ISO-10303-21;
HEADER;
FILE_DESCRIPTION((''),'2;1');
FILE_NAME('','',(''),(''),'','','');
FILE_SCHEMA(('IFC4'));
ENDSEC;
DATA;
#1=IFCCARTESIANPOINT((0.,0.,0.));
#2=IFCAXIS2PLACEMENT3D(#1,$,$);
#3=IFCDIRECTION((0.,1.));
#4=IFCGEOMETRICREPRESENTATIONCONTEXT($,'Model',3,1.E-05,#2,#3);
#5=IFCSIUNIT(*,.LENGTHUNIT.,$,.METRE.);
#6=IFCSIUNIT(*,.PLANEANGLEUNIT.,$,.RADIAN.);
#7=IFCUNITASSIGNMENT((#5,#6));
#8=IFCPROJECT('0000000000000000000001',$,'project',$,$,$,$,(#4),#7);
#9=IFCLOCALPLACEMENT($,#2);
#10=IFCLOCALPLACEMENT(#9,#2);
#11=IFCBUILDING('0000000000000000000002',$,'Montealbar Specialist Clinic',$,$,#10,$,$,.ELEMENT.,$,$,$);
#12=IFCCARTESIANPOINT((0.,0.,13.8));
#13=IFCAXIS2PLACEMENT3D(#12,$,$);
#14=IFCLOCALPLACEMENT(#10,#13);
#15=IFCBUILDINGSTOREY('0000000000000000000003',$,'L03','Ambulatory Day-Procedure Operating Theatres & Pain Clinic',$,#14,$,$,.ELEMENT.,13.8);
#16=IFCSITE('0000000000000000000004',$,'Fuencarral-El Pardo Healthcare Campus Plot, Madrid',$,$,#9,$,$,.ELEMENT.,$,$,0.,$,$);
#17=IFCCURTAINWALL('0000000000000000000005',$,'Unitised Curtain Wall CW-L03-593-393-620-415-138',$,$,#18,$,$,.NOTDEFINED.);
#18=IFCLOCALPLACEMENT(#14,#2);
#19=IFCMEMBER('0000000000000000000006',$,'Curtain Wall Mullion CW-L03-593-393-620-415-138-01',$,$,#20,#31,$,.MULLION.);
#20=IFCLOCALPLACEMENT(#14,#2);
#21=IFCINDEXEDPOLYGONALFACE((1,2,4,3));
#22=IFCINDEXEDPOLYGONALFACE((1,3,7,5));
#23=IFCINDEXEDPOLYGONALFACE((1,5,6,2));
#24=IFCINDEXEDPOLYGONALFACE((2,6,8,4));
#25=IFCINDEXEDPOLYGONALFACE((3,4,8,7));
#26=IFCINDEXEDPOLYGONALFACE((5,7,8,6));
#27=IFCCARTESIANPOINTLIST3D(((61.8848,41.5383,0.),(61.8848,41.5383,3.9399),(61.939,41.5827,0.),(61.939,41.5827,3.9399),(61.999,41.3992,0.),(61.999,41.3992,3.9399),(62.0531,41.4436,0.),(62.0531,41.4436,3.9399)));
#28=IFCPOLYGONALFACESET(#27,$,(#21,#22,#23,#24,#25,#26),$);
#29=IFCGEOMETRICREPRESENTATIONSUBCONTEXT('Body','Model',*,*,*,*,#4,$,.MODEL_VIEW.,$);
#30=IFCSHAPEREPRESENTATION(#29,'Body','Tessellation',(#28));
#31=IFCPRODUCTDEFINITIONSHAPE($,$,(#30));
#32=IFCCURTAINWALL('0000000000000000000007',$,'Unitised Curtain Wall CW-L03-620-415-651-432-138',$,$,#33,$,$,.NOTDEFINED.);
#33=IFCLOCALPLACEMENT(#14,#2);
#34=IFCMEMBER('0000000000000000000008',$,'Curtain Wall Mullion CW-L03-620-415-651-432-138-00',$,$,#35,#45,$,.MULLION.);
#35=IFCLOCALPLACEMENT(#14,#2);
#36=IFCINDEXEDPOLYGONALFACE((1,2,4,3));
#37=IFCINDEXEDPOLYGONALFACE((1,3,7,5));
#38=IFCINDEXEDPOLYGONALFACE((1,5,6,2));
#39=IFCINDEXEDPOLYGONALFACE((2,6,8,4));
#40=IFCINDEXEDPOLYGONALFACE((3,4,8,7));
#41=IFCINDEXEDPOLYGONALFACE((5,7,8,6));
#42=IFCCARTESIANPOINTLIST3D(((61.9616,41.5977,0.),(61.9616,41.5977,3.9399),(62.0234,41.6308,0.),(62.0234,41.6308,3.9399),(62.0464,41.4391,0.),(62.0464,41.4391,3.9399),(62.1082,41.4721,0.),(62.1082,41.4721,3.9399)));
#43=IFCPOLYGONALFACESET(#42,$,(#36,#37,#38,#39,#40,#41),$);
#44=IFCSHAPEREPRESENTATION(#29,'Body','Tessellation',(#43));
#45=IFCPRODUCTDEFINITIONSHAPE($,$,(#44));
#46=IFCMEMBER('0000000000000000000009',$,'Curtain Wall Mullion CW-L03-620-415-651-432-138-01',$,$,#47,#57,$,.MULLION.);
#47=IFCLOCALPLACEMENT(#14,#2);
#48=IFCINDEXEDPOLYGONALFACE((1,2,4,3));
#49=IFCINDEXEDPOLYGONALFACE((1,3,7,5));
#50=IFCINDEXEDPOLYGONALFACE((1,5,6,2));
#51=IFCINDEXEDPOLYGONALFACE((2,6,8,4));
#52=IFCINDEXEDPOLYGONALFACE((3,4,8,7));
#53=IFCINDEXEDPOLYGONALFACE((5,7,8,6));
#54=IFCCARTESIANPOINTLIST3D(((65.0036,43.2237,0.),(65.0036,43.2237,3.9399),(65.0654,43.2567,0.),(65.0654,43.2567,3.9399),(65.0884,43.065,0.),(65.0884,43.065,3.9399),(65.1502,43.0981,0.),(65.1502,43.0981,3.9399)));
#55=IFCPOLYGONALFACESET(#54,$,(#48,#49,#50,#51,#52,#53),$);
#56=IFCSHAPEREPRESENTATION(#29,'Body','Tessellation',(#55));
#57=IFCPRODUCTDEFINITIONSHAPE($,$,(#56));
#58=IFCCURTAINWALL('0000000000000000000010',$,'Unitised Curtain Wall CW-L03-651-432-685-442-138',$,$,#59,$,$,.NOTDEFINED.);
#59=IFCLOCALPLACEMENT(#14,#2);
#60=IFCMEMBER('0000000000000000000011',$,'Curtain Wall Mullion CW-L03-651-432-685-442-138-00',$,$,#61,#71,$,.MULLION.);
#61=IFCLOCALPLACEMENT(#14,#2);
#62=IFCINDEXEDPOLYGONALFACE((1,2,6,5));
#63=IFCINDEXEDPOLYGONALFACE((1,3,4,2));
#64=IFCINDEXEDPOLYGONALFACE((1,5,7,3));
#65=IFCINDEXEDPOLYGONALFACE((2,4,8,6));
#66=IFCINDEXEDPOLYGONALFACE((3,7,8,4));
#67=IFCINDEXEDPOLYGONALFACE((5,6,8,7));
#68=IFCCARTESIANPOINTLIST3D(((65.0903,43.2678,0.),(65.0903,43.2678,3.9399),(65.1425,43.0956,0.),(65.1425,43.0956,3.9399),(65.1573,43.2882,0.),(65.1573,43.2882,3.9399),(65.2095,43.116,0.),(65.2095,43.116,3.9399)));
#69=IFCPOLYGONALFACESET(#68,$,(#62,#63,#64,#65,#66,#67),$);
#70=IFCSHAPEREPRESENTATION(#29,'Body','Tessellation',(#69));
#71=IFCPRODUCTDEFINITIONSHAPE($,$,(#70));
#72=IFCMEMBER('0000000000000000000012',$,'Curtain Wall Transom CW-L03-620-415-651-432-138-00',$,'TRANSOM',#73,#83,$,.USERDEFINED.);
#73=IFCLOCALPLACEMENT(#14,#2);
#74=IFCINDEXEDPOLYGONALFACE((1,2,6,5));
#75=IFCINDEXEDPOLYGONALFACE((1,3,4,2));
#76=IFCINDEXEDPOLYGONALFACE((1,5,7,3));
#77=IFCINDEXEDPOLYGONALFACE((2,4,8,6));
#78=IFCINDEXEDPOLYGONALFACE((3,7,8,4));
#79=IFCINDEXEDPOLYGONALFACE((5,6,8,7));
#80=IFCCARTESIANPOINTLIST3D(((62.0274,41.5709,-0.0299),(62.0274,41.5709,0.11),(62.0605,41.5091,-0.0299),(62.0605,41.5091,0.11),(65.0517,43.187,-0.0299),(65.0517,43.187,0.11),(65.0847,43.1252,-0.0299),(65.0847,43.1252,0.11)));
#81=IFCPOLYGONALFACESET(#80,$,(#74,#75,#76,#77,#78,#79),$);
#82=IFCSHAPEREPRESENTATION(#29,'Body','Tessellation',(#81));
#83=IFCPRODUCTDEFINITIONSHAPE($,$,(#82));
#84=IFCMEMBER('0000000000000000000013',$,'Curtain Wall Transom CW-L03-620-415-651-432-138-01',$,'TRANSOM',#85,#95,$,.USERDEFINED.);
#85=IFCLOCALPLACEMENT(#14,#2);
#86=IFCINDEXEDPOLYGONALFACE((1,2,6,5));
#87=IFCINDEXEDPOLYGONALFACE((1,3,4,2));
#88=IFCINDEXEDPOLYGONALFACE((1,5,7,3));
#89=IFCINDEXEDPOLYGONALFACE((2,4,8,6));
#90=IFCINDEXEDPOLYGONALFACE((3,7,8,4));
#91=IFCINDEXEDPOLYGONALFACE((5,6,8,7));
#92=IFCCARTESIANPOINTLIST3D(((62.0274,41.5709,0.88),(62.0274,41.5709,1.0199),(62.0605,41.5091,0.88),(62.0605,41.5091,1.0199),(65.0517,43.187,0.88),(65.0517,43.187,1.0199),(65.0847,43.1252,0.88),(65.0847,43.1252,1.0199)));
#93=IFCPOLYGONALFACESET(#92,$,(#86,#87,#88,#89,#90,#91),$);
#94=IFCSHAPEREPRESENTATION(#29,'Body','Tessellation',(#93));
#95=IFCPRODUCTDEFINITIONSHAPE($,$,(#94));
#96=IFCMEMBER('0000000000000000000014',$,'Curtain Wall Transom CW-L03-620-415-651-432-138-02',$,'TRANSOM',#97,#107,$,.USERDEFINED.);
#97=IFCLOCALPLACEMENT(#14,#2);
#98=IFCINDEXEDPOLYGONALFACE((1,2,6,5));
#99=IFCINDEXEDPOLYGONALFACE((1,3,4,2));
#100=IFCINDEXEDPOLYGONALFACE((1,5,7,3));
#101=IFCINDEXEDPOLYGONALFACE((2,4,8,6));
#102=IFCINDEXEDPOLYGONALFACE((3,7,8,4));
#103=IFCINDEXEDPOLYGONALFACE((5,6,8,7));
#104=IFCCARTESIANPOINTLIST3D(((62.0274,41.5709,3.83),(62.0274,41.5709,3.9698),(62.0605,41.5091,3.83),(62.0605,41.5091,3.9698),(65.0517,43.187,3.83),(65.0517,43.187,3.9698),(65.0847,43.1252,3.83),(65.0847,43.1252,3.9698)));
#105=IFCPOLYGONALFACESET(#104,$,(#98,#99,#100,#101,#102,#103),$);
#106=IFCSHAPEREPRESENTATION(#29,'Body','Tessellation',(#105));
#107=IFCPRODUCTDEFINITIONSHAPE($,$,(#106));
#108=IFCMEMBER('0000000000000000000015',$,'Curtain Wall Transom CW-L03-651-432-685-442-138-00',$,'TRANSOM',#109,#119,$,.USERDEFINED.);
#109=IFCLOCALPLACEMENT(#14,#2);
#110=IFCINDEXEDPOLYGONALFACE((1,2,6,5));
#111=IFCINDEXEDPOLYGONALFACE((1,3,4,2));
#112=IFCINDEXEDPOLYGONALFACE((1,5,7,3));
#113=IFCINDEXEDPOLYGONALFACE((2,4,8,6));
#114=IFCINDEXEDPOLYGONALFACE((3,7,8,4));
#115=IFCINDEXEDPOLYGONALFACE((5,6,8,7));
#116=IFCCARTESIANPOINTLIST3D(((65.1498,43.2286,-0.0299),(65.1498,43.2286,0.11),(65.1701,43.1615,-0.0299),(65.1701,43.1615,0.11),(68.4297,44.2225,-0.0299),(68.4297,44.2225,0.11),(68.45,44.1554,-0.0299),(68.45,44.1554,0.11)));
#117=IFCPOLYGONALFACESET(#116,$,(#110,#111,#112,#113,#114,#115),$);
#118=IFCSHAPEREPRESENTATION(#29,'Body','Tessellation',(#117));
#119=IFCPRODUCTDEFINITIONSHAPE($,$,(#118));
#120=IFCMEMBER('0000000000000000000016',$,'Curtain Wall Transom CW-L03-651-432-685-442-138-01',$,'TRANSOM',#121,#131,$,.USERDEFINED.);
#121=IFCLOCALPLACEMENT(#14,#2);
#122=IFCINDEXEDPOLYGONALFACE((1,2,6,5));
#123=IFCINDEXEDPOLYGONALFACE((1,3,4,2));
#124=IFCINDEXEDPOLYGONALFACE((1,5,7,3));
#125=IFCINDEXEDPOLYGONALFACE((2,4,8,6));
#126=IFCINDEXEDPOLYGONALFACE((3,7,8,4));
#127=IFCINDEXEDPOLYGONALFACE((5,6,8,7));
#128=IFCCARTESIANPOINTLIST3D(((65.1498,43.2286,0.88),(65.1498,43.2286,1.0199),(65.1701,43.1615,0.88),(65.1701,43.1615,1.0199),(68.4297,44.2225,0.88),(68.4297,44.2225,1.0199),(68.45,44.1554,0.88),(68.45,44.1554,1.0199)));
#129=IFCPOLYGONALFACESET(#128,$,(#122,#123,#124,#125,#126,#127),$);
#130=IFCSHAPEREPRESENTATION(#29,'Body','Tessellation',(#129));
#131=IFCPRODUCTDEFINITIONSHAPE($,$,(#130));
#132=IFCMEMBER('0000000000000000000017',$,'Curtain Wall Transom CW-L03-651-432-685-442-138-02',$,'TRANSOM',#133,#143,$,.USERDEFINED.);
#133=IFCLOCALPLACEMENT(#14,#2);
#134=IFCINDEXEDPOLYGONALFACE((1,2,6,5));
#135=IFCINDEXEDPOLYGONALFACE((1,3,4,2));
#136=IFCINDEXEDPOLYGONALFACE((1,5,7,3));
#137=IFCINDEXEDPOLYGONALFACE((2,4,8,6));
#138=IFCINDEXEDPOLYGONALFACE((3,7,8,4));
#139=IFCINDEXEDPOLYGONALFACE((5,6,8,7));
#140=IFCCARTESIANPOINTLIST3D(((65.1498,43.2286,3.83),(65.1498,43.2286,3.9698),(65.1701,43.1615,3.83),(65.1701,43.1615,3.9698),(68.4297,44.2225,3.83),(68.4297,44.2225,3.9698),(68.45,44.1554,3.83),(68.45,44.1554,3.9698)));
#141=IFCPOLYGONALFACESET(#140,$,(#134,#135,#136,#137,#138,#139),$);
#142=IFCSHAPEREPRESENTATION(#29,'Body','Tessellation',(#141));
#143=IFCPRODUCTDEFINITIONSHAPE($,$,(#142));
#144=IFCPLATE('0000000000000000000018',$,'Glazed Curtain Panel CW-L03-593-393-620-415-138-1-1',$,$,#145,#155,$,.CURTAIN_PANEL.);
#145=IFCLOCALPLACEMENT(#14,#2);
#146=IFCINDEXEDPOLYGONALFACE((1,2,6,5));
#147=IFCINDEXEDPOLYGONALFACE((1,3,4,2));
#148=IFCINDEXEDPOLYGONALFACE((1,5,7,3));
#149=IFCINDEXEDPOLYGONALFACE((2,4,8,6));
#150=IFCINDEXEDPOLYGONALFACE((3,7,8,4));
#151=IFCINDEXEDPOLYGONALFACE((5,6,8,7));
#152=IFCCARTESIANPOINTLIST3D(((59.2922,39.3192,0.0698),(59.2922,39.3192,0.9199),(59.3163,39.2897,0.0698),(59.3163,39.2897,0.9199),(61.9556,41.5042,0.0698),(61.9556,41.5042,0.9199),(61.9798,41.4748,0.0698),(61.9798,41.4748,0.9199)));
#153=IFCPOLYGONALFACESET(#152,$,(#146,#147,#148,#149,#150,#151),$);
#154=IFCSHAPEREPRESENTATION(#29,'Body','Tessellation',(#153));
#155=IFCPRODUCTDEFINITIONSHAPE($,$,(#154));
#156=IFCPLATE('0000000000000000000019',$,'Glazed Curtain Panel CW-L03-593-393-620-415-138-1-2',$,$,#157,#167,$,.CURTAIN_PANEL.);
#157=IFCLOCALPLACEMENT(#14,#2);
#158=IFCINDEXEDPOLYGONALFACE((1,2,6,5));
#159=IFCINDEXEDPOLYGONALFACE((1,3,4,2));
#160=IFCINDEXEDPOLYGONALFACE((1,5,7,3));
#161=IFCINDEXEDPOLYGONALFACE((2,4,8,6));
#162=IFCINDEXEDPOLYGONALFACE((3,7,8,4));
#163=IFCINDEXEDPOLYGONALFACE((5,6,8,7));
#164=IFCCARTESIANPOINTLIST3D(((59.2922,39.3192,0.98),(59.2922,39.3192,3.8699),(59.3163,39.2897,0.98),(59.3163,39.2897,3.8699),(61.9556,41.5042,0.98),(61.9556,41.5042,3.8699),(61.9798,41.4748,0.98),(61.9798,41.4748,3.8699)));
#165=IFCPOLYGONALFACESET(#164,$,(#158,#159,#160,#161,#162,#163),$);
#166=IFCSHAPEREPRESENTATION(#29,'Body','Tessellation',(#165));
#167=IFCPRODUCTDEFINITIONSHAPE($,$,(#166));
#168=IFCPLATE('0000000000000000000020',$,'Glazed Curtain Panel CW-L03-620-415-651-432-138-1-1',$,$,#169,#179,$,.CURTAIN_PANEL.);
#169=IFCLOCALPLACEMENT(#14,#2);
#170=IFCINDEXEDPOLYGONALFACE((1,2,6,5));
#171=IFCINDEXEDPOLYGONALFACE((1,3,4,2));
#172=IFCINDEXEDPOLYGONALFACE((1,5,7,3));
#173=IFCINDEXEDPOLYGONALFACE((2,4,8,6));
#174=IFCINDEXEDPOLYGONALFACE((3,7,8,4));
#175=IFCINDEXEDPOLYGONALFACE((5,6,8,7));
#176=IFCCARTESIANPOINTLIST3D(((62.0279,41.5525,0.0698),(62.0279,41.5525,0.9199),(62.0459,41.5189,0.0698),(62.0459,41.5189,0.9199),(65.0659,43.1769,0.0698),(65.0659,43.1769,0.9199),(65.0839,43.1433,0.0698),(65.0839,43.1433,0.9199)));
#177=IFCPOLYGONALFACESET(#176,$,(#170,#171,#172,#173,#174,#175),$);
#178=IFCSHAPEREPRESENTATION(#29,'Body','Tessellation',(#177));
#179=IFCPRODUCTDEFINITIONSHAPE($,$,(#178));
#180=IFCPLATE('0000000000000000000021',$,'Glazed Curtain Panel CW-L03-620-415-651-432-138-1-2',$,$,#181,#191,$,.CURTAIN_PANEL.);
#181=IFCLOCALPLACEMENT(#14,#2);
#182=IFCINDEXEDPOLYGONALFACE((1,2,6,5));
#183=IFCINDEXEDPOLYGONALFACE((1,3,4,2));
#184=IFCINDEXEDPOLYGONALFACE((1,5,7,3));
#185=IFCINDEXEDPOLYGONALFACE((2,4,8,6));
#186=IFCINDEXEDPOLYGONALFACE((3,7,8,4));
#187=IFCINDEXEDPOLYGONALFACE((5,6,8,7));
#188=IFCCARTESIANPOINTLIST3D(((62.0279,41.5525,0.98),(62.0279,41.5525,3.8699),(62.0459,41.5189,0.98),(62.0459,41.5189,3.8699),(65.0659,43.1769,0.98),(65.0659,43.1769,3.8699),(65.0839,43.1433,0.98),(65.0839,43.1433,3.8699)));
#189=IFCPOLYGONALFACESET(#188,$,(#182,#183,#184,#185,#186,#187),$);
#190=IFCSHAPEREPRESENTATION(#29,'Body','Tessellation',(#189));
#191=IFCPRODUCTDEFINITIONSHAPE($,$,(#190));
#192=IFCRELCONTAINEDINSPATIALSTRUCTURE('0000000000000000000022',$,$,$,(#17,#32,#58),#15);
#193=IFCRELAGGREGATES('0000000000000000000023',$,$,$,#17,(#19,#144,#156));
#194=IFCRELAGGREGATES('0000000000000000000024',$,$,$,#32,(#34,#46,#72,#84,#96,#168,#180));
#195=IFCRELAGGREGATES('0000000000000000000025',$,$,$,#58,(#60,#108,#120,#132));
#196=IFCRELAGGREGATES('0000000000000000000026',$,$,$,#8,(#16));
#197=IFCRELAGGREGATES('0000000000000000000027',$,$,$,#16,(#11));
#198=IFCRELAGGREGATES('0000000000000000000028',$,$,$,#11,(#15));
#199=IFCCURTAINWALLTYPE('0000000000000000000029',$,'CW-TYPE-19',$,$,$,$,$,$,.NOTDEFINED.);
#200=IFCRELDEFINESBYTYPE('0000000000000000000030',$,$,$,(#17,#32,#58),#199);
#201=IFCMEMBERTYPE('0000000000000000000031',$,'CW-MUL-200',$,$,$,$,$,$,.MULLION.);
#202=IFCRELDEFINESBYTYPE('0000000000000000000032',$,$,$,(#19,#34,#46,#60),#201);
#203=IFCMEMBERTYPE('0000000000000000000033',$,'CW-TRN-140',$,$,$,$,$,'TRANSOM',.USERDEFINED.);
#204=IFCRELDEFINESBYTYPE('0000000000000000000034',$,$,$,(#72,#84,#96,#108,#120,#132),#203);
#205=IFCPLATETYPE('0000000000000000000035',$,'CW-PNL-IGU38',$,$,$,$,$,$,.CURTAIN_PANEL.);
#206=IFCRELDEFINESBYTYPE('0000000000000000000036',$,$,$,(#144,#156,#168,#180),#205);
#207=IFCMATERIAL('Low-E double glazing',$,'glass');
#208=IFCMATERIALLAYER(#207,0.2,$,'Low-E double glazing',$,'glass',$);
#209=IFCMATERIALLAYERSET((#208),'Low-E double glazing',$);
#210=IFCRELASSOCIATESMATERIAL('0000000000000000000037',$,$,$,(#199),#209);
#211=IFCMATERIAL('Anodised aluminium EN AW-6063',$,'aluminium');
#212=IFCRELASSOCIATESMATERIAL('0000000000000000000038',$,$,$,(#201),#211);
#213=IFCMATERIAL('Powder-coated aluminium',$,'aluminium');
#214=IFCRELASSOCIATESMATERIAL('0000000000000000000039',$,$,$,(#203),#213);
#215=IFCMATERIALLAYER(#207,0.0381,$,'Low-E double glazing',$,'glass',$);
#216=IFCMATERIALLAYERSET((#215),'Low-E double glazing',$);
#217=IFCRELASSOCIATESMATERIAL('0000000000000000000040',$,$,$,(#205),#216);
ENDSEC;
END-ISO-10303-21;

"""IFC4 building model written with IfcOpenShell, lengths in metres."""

from ifc_helpers import new_model, si_unit, direction, frame, origin, origin_2d, place, context, subcontext, project, spatial, rectangle, extrude, material, layer, layer_set, material_profile, profile_set, type_object, element, aggregate, save


model = new_model("IFC4")

# Units and contexts
model_context = context("Model", 3, precision=1e-05, world=origin(), true_north=direction((0.0, 1.0)))
body_context = subcontext(model_context, "Body", "Model", "MODEL_VIEW")
ifc_project = project(units=[si_unit("LENGTHUNIT", "METRE"), si_unit("PLANEANGLEUNIT", "RADIAN")], contexts=[model_context])

# Site, building, storey
site_placement = place(None, origin())
site = spatial("IfcSite", under=ifc_project, at=site_placement, Name="Fuencarral-El Pardo Healthcare Campus Plot, Madrid", CompositionType="ELEMENT", RefElevation=0.0)
building_placement = place(site_placement, origin())
building = spatial("IfcBuilding", under=site, at=building_placement, Name="Montealbar Specialist Clinic", CompositionType="ELEMENT")
storey_placement = place(building_placement, frame((0.0, 0.0, 13.8)))
storey = spatial("IfcBuildingStorey", under=building, at=storey_placement, Name="L03", Description="Ambulatory Day-Procedure Operating Theatres & Pain Clinic", CompositionType="ELEMENT", Elevation=13.8)

# Curtain wall, member
ifc_material_1 = material(Name="Low-E double glazing", Category="glass")
ifc_layer_1 = layer(ifc_material_1, 0.2, Name="Low-E double glazing", Category="glass")
ifc_layer_set_1 = layer_set([ifc_layer_1], Name="Low-E double glazing")
curtain_wall_type = type_object("IfcCurtainWallType", Name="CW-TYPE-19", PredefinedType="NOTDEFINED", material=ifc_layer_set_1)
curtain_wall_1_placement = place(storey_placement, origin())
curtain_wall_1 = element("IfcCurtainWall", 1, at=curtain_wall_1_placement, inside=storey, type_object=curtain_wall_type, Name="Unitised Curtain Wall CW-L03-593-393-620-415-138", PredefinedType="NOTDEFINED")
ifc_material_2 = material(Name="Anodised aluminium EN AW-6063", Category="aluminium")
ifc_material_profile_1 = material_profile(ifc_material_2, rectangle(XDim=0.0701, YDim=0.1799, at=origin_2d()), Name="ALU 70x180", Category="aluminium")
ifc_profile_set_1 = profile_set([ifc_material_profile_1], Name="Anodised aluminium EN AW-6063")
member_type_1 = type_object("IfcMemberType", Name="CW-MUL-200", PredefinedType="MULLION", material=ifc_profile_set_1)
member_1_placement = place(storey_placement, frame((61.969, 41.491, 0.0), z_axis=(0.0, 0.0, 1.0), x_axis=(0.773123, 0.634256, 0.0)))
member_1 = element("IfcMember", 2, at=member_1_placement, type_object=member_type_1, Name="Curtain Wall Mullion CW-L03-593-393-620-415-138-01", PredefinedType="MULLION", context=body_context, shape_type="SweptSolid", body=[
    extrude(rectangle(XDim=0.0701, YDim=0.1799, at=origin_2d()), origin(), (0.0, 0.0, 1.0), 3.9399),
])

# Curtain wall, members
curtain_wall_2_placement = place(storey_placement, origin())
curtain_wall_2 = element("IfcCurtainWall", 3, at=curtain_wall_2_placement, inside=storey, type_object=curtain_wall_type, Name="Unitised Curtain Wall CW-L03-620-415-651-432-138", PredefinedType="NOTDEFINED")
member_2_placement = place(storey_placement, frame((62.0349, 41.5349, 0.0), z_axis=(0.0, 0.0, 1.0), x_axis=(0.88185, 0.471529, 0.0)))
member_2 = element("IfcMember", 4, at=member_2_placement, type_object=member_type_1, Name="Curtain Wall Mullion CW-L03-620-415-651-432-138-00", PredefinedType="MULLION", context=body_context, shape_type="SweptSolid", body=[
    extrude(rectangle(XDim=0.0701, YDim=0.1799, at=origin_2d()), origin(), (0.0, 0.0, 1.0), 3.9399),
])
member_3_placement = place(storey_placement, frame((65.0769, 43.1609, 0.0), z_axis=(0.0, 0.0, 1.0), x_axis=(0.88185, 0.471529, 0.0)))
member_3 = element("IfcMember", 5, at=member_3_placement, type_object=member_type_1, Name="Curtain Wall Mullion CW-L03-620-415-651-432-138-01", PredefinedType="MULLION", context=body_context, shape_type="SweptSolid", body=[
    extrude(rectangle(XDim=0.0701, YDim=0.1799, at=origin_2d()), origin(), (0.0, 0.0, 1.0), 3.9399),
])

# Curtain wall, member
curtain_wall_3_placement = place(storey_placement, origin())
curtain_wall_3 = element("IfcCurtainWall", 6, at=curtain_wall_3_placement, inside=storey, type_object=curtain_wall_type, Name="Unitised Curtain Wall CW-L03-651-432-685-442-138", PredefinedType="NOTDEFINED")
member_4_placement = place(storey_placement, frame((65.1499, 43.1919, 0.0), z_axis=(0.0, 0.0, 1.0), x_axis=(0.956948, 0.290259, 0.0)))
member_4 = element("IfcMember", 7, at=member_4_placement, type_object=member_type_1, Name="Curtain Wall Mullion CW-L03-651-432-685-442-138-00", PredefinedType="MULLION", context=body_context, shape_type="SweptSolid", body=[
    extrude(rectangle(XDim=0.0701, YDim=0.1799, at=origin_2d()), origin(), (0.0, 0.0, 1.0), 3.9399),
])

# Members
ifc_material_3 = material(Name="Powder-coated aluminium", Category="aluminium")
ifc_material_profile_2 = material_profile(ifc_material_3, rectangle(XDim=0.0701, YDim=0.1399, at=origin_2d()), Name="ALU 70x140", Category="aluminium")
ifc_profile_set_2 = profile_set([ifc_material_profile_2], Name="Powder-coated aluminium")
member_type_2 = type_object("IfcMemberType", Name="CW-TRN-140", ElementType="TRANSOM", PredefinedType="USERDEFINED", material=ifc_profile_set_2)
member_5_placement = place(storey_placement, frame((62.0439, 41.54, 0.04), z_axis=(0.88198, 0.471287, 0.0), x_axis=(-0.471287, 0.88198, 0.0)))
member_5 = element("IfcMember", 8, at=member_5_placement, type_object=member_type_2, Name="Curtain Wall Transom CW-L03-620-415-651-432-138-00", ObjectType="TRANSOM", PredefinedType="USERDEFINED", context=body_context, shape_type="SweptSolid", body=[
    extrude(rectangle(XDim=0.0701, YDim=0.1399, at=origin_2d()), origin(), (0.0, 0.0, 1.0), 3.429),
])
member_6_placement = place(storey_placement, frame((62.0439, 41.54, 0.95), z_axis=(0.88198, 0.471287, 0.0), x_axis=(-0.471287, 0.88198, 0.0)))
member_6 = element("IfcMember", 9, at=member_6_placement, type_object=member_type_2, Name="Curtain Wall Transom CW-L03-620-415-651-432-138-01", ObjectType="TRANSOM", PredefinedType="USERDEFINED", context=body_context, shape_type="SweptSolid", body=[
    extrude(rectangle(XDim=0.0701, YDim=0.1399, at=origin_2d()), origin(), (0.0, 0.0, 1.0), 3.429),
])
member_7_placement = place(storey_placement, frame((62.0439, 41.54, 3.8999), z_axis=(0.88198, 0.471287, 0.0), x_axis=(-0.471287, 0.88198, 0.0)))
member_7 = element("IfcMember", 10, at=member_7_placement, type_object=member_type_2, Name="Curtain Wall Transom CW-L03-620-415-651-432-138-02", ObjectType="TRANSOM", PredefinedType="USERDEFINED", context=body_context, shape_type="SweptSolid", body=[
    extrude(rectangle(XDim=0.0701, YDim=0.1399, at=origin_2d()), origin(), (0.0, 0.0, 1.0), 3.429),
])
member_8_placement = place(storey_placement, frame((65.1599, 43.1951, 0.04), z_axis=(0.957029, 0.289994, 0.0), x_axis=(-0.289994, 0.957029, 0.0)))
member_8 = element("IfcMember", 11, at=member_8_placement, type_object=member_type_2, Name="Curtain Wall Transom CW-L03-651-432-685-442-138-00", ObjectType="TRANSOM", PredefinedType="USERDEFINED", context=body_context, shape_type="SweptSolid", body=[
    extrude(rectangle(XDim=0.0701, YDim=0.1399, at=origin_2d()), origin(), (0.0, 0.0, 1.0), 3.4272),
])
member_9_placement = place(storey_placement, frame((65.1599, 43.1951, 0.95), z_axis=(0.957029, 0.289994, 0.0), x_axis=(-0.289994, 0.957029, 0.0)))
member_9 = element("IfcMember", 12, at=member_9_placement, type_object=member_type_2, Name="Curtain Wall Transom CW-L03-651-432-685-442-138-01", ObjectType="TRANSOM", PredefinedType="USERDEFINED", context=body_context, shape_type="SweptSolid", body=[
    extrude(rectangle(XDim=0.0701, YDim=0.1399, at=origin_2d()), origin(), (0.0, 0.0, 1.0), 3.4272),
])
member_10_placement = place(storey_placement, frame((65.1599, 43.1951, 3.8999), z_axis=(0.957029, 0.289994, 0.0), x_axis=(-0.289994, 0.957029, 0.0)))
member_10 = element("IfcMember", 13, at=member_10_placement, type_object=member_type_2, Name="Curtain Wall Transom CW-L03-651-432-685-442-138-02", ObjectType="TRANSOM", PredefinedType="USERDEFINED", context=body_context, shape_type="SweptSolid", body=[
    extrude(rectangle(XDim=0.0701, YDim=0.1399, at=origin_2d()), origin(), (0.0, 0.0, 1.0), 3.4272),
])

# Plates
ifc_layer_2 = layer(ifc_material_1, 0.0381, Name="Low-E double glazing", Category="glass")
ifc_layer_set_2 = layer_set([ifc_layer_2], Name="Low-E double glazing")
plate_type = type_object("IfcPlateType", Name="CW-PNL-IGU38", PredefinedType="CURTAIN_PANEL", material=ifc_layer_set_2)
plate_1_placement = place(storey_placement, frame((60.636, 40.397, 0.0698), z_axis=(0.0, 0.0, 1.0), x_axis=(0.773123, 0.634256, 0.0)))
plate_1 = element("IfcPlate", 14, at=plate_1_placement, type_object=plate_type, Name="Glazed Curtain Panel CW-L03-593-393-620-415-138-1-1", PredefinedType="CURTAIN_PANEL", context=body_context, shape_type="SweptSolid", body=[
    extrude(rectangle(XDim=3.4451, YDim=0.0381, at=origin_2d()), origin(), (0.0, 0.0, 1.0), 0.8501),
])
plate_2_placement = place(storey_placement, frame((60.636, 40.397, 0.98), z_axis=(0.0, 0.0, 1.0), x_axis=(0.773123, 0.634256, 0.0)))
plate_2 = element("IfcPlate", 15, at=plate_2_placement, type_object=plate_type, Name="Glazed Curtain Panel CW-L03-593-393-620-415-138-1-2", PredefinedType="CURTAIN_PANEL", context=body_context, shape_type="SweptSolid", body=[
    extrude(rectangle(XDim=3.4451, YDim=0.0381, at=origin_2d()), origin(), (0.0, 0.0, 1.0), 2.8899),
])
aggregate(curtain_wall_1, [member_1, plate_1, plate_2])
plate_3_placement = place(storey_placement, frame((63.5559, 42.3479, 0.0698), z_axis=(0.0, 0.0, 1.0), x_axis=(0.88185, 0.471529, 0.0)))
plate_3 = element("IfcPlate", 16, at=plate_3_placement, type_object=plate_type, Name="Glazed Curtain Panel CW-L03-620-415-651-432-138-1-1", PredefinedType="CURTAIN_PANEL", context=body_context, shape_type="SweptSolid", body=[
    extrude(rectangle(XDim=3.4451, YDim=0.0381, at=origin_2d()), origin(), (0.0, 0.0, 1.0), 0.8501),
])
plate_4_placement = place(storey_placement, frame((63.5559, 42.3479, 0.98), z_axis=(0.0, 0.0, 1.0), x_axis=(0.88185, 0.471529, 0.0)))
plate_4 = element("IfcPlate", 17, at=plate_4_placement, type_object=plate_type, Name="Glazed Curtain Panel CW-L03-620-415-651-432-138-1-2", PredefinedType="CURTAIN_PANEL", context=body_context, shape_type="SweptSolid", body=[
    extrude(rectangle(XDim=3.4451, YDim=0.0381, at=origin_2d()), origin(), (0.0, 0.0, 1.0), 2.8899),
])
aggregate(curtain_wall_2, [member_2, member_3, member_5, member_6, member_7, plate_3, plate_4])
aggregate(curtain_wall_3, [member_4, member_8, member_9, member_10])

save(model, "model.ifc")
